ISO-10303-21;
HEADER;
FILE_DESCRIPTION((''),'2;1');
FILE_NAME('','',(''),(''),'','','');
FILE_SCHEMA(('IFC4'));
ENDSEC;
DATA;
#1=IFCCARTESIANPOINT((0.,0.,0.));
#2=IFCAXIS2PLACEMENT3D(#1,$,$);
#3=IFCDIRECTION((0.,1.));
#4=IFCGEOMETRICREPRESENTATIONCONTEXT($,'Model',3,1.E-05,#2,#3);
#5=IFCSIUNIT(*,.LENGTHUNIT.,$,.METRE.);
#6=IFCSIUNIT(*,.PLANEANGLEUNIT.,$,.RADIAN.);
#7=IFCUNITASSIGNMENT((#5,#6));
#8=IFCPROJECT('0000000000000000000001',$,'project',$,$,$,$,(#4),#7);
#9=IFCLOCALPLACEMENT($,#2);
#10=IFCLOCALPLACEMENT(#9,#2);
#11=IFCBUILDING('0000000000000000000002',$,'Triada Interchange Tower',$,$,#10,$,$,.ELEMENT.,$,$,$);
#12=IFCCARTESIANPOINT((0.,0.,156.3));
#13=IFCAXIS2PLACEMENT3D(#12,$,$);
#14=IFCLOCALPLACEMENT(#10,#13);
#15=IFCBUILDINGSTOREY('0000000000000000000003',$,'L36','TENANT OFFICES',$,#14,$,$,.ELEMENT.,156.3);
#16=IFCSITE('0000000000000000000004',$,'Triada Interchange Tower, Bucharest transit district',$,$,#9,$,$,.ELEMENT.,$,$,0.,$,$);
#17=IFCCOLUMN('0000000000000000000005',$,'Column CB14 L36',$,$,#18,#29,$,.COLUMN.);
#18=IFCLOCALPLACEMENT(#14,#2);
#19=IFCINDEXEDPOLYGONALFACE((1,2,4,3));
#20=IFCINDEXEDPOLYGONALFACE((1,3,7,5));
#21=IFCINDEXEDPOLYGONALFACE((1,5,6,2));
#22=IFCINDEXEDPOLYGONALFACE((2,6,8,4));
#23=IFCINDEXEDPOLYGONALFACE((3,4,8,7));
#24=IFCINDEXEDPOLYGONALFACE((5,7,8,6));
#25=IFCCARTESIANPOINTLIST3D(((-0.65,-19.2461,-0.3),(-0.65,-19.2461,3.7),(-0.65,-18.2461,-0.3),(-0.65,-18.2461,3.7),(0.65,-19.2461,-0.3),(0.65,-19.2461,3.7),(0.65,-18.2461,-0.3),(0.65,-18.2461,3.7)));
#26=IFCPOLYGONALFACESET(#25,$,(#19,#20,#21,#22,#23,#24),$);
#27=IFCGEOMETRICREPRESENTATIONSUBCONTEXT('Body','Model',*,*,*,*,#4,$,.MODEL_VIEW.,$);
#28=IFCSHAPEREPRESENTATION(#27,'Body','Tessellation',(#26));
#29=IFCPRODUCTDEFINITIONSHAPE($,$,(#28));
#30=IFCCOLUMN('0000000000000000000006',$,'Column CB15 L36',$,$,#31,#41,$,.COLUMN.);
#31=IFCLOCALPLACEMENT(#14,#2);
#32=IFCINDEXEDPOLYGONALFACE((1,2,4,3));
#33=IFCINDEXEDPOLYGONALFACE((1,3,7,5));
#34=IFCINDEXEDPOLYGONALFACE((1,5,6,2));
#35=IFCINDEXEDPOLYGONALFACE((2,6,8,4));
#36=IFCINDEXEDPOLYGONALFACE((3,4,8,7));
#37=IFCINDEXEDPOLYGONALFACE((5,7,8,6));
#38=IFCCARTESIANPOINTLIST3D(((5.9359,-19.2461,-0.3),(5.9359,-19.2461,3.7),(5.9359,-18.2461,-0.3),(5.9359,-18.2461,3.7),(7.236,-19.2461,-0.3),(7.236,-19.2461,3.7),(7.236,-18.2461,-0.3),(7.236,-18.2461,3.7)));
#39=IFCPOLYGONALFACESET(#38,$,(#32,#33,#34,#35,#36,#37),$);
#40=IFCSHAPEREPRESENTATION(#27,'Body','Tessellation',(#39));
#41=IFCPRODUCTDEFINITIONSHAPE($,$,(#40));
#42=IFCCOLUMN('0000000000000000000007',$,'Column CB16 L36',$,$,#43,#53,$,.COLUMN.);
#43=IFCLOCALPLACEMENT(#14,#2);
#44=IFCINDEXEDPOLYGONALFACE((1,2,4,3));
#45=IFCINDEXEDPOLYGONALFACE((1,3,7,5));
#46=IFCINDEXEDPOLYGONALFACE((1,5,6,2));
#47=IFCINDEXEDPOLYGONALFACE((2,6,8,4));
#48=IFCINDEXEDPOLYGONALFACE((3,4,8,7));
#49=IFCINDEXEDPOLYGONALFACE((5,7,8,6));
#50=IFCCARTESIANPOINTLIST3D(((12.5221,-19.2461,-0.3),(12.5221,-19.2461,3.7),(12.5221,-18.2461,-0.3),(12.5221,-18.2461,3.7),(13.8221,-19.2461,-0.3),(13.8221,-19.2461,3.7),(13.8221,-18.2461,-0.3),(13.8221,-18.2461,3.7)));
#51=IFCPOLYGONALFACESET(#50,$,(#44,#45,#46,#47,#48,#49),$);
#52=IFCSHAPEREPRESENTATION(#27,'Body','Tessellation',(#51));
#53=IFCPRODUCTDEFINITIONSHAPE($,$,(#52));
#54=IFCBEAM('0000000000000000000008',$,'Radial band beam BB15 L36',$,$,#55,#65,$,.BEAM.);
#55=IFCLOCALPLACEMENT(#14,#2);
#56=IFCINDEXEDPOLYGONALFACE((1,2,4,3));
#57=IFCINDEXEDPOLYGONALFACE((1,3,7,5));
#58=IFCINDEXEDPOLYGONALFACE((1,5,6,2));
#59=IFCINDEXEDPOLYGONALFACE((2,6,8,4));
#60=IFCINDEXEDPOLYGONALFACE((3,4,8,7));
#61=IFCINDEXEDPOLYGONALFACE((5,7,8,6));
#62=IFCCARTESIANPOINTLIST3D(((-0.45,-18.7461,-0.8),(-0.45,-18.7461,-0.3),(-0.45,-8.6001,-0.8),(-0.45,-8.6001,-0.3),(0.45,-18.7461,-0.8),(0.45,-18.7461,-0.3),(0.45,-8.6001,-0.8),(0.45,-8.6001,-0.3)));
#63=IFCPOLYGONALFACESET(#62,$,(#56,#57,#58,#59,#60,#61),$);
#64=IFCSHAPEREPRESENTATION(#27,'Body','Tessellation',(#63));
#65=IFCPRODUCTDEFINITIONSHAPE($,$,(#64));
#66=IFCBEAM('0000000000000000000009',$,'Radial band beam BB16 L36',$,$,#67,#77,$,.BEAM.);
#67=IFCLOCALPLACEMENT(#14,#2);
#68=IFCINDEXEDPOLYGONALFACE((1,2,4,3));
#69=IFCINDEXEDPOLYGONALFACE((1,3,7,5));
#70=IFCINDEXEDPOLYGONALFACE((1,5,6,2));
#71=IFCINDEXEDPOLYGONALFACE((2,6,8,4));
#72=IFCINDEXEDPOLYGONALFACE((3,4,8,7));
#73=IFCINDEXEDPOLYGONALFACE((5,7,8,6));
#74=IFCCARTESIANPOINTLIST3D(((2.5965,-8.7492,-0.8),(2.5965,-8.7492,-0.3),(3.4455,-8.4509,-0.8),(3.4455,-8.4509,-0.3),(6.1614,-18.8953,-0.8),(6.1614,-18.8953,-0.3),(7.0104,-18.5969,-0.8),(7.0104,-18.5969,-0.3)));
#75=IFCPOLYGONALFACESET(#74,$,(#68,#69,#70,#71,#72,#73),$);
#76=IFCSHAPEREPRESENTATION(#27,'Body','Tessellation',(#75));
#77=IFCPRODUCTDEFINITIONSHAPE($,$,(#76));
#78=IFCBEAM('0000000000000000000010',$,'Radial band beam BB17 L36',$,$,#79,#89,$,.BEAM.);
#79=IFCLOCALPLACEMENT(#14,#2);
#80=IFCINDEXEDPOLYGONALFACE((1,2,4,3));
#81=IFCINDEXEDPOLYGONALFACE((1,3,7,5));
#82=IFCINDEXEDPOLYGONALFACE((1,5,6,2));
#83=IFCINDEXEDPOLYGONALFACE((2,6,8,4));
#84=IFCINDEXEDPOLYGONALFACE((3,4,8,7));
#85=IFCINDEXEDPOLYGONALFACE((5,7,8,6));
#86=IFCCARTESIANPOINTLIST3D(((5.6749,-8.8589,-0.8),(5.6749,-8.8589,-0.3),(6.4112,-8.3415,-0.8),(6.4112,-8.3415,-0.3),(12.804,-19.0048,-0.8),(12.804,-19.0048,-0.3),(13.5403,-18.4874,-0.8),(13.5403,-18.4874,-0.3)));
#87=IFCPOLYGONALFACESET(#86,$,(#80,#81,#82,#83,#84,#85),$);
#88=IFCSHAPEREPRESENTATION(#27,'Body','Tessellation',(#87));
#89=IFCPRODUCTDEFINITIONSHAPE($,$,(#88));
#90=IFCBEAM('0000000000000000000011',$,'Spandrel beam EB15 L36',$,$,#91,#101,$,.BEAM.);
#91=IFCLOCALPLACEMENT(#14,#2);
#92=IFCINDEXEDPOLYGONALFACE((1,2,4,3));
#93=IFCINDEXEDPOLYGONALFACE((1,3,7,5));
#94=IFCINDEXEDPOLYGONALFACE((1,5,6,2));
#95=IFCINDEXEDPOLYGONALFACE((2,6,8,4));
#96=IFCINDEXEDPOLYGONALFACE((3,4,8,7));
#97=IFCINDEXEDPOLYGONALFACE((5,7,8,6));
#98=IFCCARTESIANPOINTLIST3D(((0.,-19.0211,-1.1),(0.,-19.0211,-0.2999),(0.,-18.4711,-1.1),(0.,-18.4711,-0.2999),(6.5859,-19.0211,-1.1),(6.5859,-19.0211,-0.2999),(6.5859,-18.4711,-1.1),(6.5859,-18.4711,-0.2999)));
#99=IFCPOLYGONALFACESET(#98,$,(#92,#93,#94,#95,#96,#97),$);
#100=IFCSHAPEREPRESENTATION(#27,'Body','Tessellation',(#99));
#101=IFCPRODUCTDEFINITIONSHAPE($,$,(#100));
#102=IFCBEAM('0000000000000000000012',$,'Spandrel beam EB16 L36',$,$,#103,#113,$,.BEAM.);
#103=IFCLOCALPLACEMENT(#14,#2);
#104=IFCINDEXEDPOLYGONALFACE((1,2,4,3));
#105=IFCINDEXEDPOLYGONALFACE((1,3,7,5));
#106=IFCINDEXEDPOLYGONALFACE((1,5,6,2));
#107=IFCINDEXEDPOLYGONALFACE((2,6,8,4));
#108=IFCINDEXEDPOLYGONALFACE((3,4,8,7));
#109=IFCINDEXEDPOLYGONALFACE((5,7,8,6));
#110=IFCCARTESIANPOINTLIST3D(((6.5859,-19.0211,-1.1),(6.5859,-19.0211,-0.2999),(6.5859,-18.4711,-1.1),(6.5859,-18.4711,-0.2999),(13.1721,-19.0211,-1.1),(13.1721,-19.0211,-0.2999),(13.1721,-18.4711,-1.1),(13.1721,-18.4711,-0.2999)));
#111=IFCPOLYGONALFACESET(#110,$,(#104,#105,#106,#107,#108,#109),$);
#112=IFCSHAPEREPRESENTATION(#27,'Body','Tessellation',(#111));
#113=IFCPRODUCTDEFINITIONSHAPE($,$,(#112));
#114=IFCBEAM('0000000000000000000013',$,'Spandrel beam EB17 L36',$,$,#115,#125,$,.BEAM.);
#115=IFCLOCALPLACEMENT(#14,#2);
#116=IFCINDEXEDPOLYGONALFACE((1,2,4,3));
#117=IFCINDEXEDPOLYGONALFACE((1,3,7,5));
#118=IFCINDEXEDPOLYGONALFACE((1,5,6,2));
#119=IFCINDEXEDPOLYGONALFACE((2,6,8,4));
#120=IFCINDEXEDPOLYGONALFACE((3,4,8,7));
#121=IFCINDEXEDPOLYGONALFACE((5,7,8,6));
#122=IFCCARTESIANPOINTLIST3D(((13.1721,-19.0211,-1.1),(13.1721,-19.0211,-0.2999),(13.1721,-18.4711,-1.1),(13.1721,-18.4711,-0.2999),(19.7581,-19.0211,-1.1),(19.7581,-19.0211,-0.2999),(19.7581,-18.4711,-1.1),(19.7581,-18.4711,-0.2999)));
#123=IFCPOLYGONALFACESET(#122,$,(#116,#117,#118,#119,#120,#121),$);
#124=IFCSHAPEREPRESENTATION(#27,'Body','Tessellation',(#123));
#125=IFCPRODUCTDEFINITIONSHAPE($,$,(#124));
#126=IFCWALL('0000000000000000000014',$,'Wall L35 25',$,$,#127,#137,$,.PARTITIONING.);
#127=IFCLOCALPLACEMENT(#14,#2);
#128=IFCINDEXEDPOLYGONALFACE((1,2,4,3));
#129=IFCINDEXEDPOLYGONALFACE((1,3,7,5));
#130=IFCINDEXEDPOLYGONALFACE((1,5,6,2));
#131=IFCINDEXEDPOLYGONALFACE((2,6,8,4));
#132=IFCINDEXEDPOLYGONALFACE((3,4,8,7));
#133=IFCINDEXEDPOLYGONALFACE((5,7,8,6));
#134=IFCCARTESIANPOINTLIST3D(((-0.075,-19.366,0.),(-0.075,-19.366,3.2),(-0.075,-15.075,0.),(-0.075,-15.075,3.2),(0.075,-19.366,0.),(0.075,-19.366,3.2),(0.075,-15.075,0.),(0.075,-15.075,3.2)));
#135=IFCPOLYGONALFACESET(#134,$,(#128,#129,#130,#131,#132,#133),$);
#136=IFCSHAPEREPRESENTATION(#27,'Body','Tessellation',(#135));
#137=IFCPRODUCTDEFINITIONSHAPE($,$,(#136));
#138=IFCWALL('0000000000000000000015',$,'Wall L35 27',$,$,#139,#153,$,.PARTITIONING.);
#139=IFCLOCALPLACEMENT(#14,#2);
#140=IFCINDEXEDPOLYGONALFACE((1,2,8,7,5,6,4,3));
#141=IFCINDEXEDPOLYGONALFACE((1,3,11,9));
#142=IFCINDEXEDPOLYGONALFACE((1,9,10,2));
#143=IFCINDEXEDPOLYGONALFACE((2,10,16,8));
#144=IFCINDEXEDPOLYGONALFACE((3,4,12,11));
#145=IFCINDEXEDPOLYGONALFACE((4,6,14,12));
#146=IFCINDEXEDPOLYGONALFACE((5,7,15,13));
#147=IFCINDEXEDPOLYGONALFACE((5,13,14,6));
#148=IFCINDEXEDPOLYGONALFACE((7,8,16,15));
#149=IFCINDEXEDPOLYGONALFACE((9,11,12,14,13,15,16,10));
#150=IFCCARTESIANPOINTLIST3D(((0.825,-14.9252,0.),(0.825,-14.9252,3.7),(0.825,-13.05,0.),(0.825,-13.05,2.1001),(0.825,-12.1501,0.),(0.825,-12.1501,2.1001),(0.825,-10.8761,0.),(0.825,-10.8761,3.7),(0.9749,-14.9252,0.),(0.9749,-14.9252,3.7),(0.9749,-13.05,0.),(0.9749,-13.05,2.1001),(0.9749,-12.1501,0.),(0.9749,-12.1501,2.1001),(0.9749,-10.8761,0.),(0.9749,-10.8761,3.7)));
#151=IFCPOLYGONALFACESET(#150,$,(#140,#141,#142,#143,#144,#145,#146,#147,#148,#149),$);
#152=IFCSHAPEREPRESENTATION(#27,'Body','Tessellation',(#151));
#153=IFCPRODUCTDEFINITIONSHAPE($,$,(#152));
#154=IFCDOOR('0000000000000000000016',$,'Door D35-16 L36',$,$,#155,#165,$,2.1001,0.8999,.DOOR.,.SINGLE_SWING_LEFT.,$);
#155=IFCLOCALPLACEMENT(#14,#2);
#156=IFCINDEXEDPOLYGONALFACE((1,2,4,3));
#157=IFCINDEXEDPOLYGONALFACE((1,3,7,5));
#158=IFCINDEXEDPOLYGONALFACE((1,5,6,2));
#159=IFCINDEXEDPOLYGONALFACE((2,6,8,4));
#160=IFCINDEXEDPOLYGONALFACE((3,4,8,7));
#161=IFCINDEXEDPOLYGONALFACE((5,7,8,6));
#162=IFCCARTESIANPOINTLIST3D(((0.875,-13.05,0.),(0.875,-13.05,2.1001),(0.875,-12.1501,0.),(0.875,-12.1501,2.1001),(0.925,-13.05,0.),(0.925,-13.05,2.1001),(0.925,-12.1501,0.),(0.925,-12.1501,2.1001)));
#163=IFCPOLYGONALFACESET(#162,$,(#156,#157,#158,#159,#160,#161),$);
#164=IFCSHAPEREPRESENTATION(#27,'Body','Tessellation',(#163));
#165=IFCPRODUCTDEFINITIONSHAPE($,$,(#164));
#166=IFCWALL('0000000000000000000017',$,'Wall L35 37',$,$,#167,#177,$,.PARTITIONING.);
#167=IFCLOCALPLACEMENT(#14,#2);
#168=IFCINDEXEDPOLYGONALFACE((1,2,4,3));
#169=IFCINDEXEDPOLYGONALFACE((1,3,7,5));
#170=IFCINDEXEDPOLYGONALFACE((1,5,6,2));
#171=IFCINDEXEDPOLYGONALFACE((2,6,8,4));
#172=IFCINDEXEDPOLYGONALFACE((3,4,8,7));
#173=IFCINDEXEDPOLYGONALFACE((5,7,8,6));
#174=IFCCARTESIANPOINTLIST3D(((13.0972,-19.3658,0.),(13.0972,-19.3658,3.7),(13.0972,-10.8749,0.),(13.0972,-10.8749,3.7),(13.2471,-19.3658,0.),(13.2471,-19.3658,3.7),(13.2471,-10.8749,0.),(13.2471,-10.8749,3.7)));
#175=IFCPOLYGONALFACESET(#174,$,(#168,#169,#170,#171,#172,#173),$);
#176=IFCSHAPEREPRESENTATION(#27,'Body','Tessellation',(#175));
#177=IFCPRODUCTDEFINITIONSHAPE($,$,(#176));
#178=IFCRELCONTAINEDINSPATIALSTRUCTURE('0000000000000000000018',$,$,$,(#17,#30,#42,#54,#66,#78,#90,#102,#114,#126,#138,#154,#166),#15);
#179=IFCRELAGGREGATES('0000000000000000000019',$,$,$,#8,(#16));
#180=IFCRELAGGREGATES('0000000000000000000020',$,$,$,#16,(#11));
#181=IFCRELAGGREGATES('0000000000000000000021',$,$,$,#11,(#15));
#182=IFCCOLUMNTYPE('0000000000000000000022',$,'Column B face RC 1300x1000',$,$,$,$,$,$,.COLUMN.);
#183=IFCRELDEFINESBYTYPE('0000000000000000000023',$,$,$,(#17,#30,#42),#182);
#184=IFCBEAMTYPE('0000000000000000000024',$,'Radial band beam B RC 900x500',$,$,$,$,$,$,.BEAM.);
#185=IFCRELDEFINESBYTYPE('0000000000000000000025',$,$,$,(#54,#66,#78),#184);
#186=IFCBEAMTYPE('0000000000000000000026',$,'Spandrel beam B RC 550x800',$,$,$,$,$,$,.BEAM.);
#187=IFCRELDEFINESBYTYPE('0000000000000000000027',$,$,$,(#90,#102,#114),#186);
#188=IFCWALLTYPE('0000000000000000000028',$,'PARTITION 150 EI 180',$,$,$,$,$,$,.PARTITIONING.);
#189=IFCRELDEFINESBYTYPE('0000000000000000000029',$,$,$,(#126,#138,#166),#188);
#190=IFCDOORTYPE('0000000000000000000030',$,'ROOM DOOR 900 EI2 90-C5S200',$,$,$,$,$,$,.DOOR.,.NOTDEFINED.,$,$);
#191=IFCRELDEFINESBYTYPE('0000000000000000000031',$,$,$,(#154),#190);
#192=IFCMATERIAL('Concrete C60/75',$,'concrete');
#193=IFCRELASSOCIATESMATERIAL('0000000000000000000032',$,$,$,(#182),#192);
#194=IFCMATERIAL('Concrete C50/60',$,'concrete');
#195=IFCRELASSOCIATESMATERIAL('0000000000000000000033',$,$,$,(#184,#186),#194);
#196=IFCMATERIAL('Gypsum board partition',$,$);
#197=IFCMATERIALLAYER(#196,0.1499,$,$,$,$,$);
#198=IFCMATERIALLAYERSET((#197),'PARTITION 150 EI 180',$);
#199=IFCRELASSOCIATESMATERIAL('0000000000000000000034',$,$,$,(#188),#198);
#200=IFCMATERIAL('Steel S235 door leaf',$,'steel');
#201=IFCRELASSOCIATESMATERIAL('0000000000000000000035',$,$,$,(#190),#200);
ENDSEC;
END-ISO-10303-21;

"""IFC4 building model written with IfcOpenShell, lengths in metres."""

from ifc_helpers import new_model, si_unit, direction, frame, frame_2d, origin, origin_2d, place, context, subcontext, project, spatial, rectangle, extrude, material, layer, layer_set, material_profile, profile_set, type_object, element, fill, save


model = new_model("IFC4")

# Units and contexts
model_context = context("Model", 3, precision=1e-05, world=origin(), true_north=direction((0.0, 1.0)))
body_context = subcontext(model_context, "Body", "Model", "MODEL_VIEW")
ifc_project = project(units=[si_unit("LENGTHUNIT", "METRE"), si_unit("PLANEANGLEUNIT", "RADIAN")], contexts=[model_context])

# Site, building, storey
site_placement = place(None, origin())
site = spatial("IfcSite", under=ifc_project, at=site_placement, Name="Triada Interchange Tower, Bucharest transit district", CompositionType="ELEMENT", RefElevation=0.0)
building_placement = place(site_placement, origin())
building = spatial("IfcBuilding", under=site, at=building_placement, Name="Triada Interchange Tower", CompositionType="ELEMENT")
storey_placement = place(building_placement, frame((0.0, 0.0, 156.3)))
storey = spatial("IfcBuildingStorey", under=building, at=storey_placement, Name="L36", Description="TENANT OFFICES", CompositionType="ELEMENT", Elevation=156.3)

# Columns
ifc_material_1 = material(Name="Concrete C60/75", Category="concrete")
ifc_material_profile_1 = material_profile(ifc_material_1, rectangle(XDim=1.3, YDim=1.0, at=origin_2d()), Name="RC 1300x1000")
ifc_profile_set_1 = profile_set([ifc_material_profile_1], Name="Concrete C60/75")
column_type = type_object("IfcColumnType", Name="Column B face RC 1300x1000", PredefinedType="COLUMN", material=ifc_profile_set_1)
for number, where, z_axis, x_axis, name in (
    (1, (0.0, -18.7461, -0.3), (0.0, 0.0, 1.0), (1.0, 0.0, 0.0), "Column CB14 L36"),
    (2, (6.5859, -18.7461, -0.3), (0.0, 0.0, 1.0), (1.0, 0.0, 0.0), "Column CB15 L36"),
    (3, (13.1721, -18.7461, -0.3), (0.0, 0.0, 1.0), (1.0, 0.0, 0.0), "Column CB16 L36"),
):
    element("IfcColumn", number, at=place(storey_placement, frame(where, z_axis=z_axis, x_axis=x_axis)), inside=storey, type_object=column_type, Name=name, PredefinedType="COLUMN", context=body_context, shape_type="SweptSolid", body=[
        extrude(rectangle(XDim=1.3, YDim=1.0, at=origin_2d()), origin(), (0.0, 0.0, 1.0), 4.0),
    ])

# Beams
ifc_material_2 = material(Name="Concrete C50/60", Category="concrete")
ifc_material_profile_2 = material_profile(ifc_material_2, rectangle(XDim=0.8999, YDim=0.5, at=origin_2d()), Name="RC 900x500")
ifc_profile_set_2 = profile_set([ifc_material_profile_2], Name="Concrete C50/60")
beam_type_1 = type_object("IfcBeamType", Name="Radial band beam B RC 900x500", PredefinedType="BEAM", material=ifc_profile_set_2)
beam_1_placement = place(storey_placement, frame((0.0, -18.7461, -0.55), z_axis=(0.0, 1.0, 0.0), x_axis=(-1.0, 0.0, 0.0)))
element("IfcBeam", 4, at=beam_1_placement, inside=storey, type_object=beam_type_1, Name="Radial band beam BB15 L36", PredefinedType="BEAM", context=body_context, shape_type="SweptSolid", body=[
    extrude(rectangle(XDim=0.8999, YDim=0.5, at=origin_2d()), origin(), (0.0, 0.0, 1.0), 10.146),
])
beam_2_placement = place(storey_placement, frame((6.5859, -18.7461, -0.55), z_axis=(-0.331497, 0.943456, 0.0), x_axis=(-0.943456, -0.331497, 0.0)))
element("IfcBeam", 5, at=beam_2_placement, inside=storey, type_object=beam_type_1, Name="Radial band beam BB16 L36", PredefinedType="BEAM", context=body_context, shape_type="SweptSolid", body=[
    extrude(rectangle(XDim=0.8999, YDim=0.5, at=origin_2d()), origin(), (0.0, 0.0, 1.0), 10.7542),
])
beam_3_placement = place(storey_placement, frame((13.1721, -18.7461, -0.55), z_axis=(-0.57492, 0.818209, 0.0), x_axis=(-0.818209, -0.57492, 0.0)))
element("IfcBeam", 6, at=beam_3_placement, inside=storey, type_object=beam_type_1, Name="Radial band beam BB17 L36", PredefinedType="BEAM", context=body_context, shape_type="SweptSolid", body=[
    extrude(rectangle(XDim=0.8999, YDim=0.5, at=origin_2d()), origin(), (0.0, 0.0, 1.0), 12.4001),
])
ifc_material_profile_3 = material_profile(ifc_material_2, rectangle(XDim=0.55, YDim=0.8, at=origin_2d()), Name="RC 550x800")
ifc_profile_set_3 = profile_set([ifc_material_profile_3], Name="Concrete C50/60")
beam_type_2 = type_object("IfcBeamType", Name="Spandrel beam B RC 550x800", PredefinedType="BEAM", material=ifc_profile_set_3)
beam_4_placement = place(storey_placement, frame((0.0, -18.7461, -0.7), z_axis=(1.0, 0.0, 0.0), x_axis=(0.0, 1.0, 0.0)))
element("IfcBeam", 7, at=beam_4_placement, inside=storey, type_object=beam_type_2, Name="Spandrel beam EB15 L36", PredefinedType="BEAM", context=body_context, shape_type="SweptSolid", body=[
    extrude(rectangle(XDim=0.55, YDim=0.8, at=origin_2d()), origin(), (0.0, 0.0, 1.0), 6.5859),
])
beam_5_placement = place(storey_placement, frame((6.5859, -18.7461, -0.7), z_axis=(1.0, 0.0, 0.0), x_axis=(0.0, 1.0, 0.0)))
element("IfcBeam", 8, at=beam_5_placement, inside=storey, type_object=beam_type_2, Name="Spandrel beam EB16 L36", PredefinedType="BEAM", context=body_context, shape_type="SweptSolid", body=[
    extrude(rectangle(XDim=0.55, YDim=0.8, at=origin_2d()), origin(), (0.0, 0.0, 1.0), 6.5862),
])
beam_6_placement = place(storey_placement, frame((13.1721, -18.7461, -0.7), z_axis=(1.0, 0.0, 0.0), x_axis=(0.0, 1.0, 0.0)))
element("IfcBeam", 9, at=beam_6_placement, inside=storey, type_object=beam_type_2, Name="Spandrel beam EB17 L36", PredefinedType="BEAM", context=body_context, shape_type="SweptSolid", body=[
    extrude(rectangle(XDim=0.55, YDim=0.8, at=origin_2d()), origin(), (0.0, 0.0, 1.0), 6.5859),
])

# Wall
ifc_material_3 = material(Name="Gypsum board partition")
ifc_layer_1 = layer(ifc_material_3, 0.1499)
ifc_layer_set_1 = layer_set([ifc_layer_1], Name="PARTITION 150 EI 180")
wall_type = type_object("IfcWallType", Name="PARTITION 150 EI 180", PredefinedType="PARTITIONING", material=ifc_layer_set_1)
wall_1_placement = place(storey_placement, frame((0.0, -19.366, 0.0), z_axis=(0.0, 0.0, 1.0), x_axis=(0.0, 1.0, 0.0)))
element("IfcWall", 10, at=wall_1_placement, inside=storey, type_object=wall_type, Name="Wall L35 25", PredefinedType="PARTITIONING", context=body_context, shape_type="SweptSolid", body=[
    extrude(rectangle(XDim=4.291, YDim=0.1499, at=frame_2d((2.1455, 0.0))), origin(), (0.0, 0.0, 1.0), 3.2),
])

# Wall, opening, door
wall_2_placement = place(storey_placement, frame((0.8999, -14.925, 0.0), z_axis=(0.0, 0.0, 1.0), x_axis=(0.0, 1.0, 0.0)))
wall_2 = element("IfcWall", 11, at=wall_2_placement, inside=storey, type_object=wall_type, Name="Wall L35 27", PredefinedType="PARTITIONING", context=body_context, shape_type="SweptSolid", body=[
    extrude(rectangle(XDim=4.0491, YDim=0.1499, at=frame_2d((2.0244, 0.0))), origin(), (0.0, 0.0, 1.0), 3.7),
])
opening_placement = place(wall_2_placement, frame((1.875, 0.0, 0.0)))
opening = element("IfcOpeningElement", 12, at=opening_placement, cuts=wall_2, PredefinedType="OPENING", context=body_context, shape_type="SweptSolid", body=[
    extrude(rectangle(XDim=0.8999, YDim=2.1001, at=frame_2d((0.45, 1.05))), frame((0.0, 0.085, 0.0), z_axis=(0.0, -1.0, 0.0), x_axis=(1.0, 0.0, 0.0)), (0.0, 0.0, 1.0), 0.1699),
])
ifc_material_4 = material(Name="Steel S235 door leaf", Category="steel")
door_type = type_object("IfcDoorType", Name="ROOM DOOR 900 EI2 90-C5S200", OperationType="NOTDEFINED", PredefinedType="DOOR", material=ifc_material_4)
door_placement = place(opening_placement, origin())
door = element("IfcDoor", 13, at=door_placement, inside=storey, type_object=door_type, Name="Door D35-16 L36", OperationType="SINGLE_SWING_LEFT", OverallHeight=2.1001, OverallWidth=0.8999, PredefinedType="DOOR", context=body_context, shape_type="SweptSolid", body=[
    extrude(rectangle(XDim=0.8999, YDim=2.1001, at=frame_2d((0.45, 1.05))), frame((0.0, 0.0249, 0.0), z_axis=(0.0, -1.0, 0.0), x_axis=(1.0, 0.0, 0.0)), (0.0, 0.0, 1.0), 0.05),
])
fill(opening, door)

# Wall
wall_3_placement = place(storey_placement, frame((13.1721, -19.366, 0.0), z_axis=(0.0, 0.0, 1.0), x_axis=(0.0, 1.0, 0.0)))
element("IfcWall", 14, at=wall_3_placement, inside=storey, type_object=wall_type, Name="Wall L35 37", PredefinedType="PARTITIONING", context=body_context, shape_type="SweptSolid", body=[
    extrude(rectangle(XDim=8.491, YDim=0.1499, at=frame_2d((4.2456, 0.0))), origin(), (0.0, 0.0, 1.0), 3.7),
])

save(model, "model.ifc")
